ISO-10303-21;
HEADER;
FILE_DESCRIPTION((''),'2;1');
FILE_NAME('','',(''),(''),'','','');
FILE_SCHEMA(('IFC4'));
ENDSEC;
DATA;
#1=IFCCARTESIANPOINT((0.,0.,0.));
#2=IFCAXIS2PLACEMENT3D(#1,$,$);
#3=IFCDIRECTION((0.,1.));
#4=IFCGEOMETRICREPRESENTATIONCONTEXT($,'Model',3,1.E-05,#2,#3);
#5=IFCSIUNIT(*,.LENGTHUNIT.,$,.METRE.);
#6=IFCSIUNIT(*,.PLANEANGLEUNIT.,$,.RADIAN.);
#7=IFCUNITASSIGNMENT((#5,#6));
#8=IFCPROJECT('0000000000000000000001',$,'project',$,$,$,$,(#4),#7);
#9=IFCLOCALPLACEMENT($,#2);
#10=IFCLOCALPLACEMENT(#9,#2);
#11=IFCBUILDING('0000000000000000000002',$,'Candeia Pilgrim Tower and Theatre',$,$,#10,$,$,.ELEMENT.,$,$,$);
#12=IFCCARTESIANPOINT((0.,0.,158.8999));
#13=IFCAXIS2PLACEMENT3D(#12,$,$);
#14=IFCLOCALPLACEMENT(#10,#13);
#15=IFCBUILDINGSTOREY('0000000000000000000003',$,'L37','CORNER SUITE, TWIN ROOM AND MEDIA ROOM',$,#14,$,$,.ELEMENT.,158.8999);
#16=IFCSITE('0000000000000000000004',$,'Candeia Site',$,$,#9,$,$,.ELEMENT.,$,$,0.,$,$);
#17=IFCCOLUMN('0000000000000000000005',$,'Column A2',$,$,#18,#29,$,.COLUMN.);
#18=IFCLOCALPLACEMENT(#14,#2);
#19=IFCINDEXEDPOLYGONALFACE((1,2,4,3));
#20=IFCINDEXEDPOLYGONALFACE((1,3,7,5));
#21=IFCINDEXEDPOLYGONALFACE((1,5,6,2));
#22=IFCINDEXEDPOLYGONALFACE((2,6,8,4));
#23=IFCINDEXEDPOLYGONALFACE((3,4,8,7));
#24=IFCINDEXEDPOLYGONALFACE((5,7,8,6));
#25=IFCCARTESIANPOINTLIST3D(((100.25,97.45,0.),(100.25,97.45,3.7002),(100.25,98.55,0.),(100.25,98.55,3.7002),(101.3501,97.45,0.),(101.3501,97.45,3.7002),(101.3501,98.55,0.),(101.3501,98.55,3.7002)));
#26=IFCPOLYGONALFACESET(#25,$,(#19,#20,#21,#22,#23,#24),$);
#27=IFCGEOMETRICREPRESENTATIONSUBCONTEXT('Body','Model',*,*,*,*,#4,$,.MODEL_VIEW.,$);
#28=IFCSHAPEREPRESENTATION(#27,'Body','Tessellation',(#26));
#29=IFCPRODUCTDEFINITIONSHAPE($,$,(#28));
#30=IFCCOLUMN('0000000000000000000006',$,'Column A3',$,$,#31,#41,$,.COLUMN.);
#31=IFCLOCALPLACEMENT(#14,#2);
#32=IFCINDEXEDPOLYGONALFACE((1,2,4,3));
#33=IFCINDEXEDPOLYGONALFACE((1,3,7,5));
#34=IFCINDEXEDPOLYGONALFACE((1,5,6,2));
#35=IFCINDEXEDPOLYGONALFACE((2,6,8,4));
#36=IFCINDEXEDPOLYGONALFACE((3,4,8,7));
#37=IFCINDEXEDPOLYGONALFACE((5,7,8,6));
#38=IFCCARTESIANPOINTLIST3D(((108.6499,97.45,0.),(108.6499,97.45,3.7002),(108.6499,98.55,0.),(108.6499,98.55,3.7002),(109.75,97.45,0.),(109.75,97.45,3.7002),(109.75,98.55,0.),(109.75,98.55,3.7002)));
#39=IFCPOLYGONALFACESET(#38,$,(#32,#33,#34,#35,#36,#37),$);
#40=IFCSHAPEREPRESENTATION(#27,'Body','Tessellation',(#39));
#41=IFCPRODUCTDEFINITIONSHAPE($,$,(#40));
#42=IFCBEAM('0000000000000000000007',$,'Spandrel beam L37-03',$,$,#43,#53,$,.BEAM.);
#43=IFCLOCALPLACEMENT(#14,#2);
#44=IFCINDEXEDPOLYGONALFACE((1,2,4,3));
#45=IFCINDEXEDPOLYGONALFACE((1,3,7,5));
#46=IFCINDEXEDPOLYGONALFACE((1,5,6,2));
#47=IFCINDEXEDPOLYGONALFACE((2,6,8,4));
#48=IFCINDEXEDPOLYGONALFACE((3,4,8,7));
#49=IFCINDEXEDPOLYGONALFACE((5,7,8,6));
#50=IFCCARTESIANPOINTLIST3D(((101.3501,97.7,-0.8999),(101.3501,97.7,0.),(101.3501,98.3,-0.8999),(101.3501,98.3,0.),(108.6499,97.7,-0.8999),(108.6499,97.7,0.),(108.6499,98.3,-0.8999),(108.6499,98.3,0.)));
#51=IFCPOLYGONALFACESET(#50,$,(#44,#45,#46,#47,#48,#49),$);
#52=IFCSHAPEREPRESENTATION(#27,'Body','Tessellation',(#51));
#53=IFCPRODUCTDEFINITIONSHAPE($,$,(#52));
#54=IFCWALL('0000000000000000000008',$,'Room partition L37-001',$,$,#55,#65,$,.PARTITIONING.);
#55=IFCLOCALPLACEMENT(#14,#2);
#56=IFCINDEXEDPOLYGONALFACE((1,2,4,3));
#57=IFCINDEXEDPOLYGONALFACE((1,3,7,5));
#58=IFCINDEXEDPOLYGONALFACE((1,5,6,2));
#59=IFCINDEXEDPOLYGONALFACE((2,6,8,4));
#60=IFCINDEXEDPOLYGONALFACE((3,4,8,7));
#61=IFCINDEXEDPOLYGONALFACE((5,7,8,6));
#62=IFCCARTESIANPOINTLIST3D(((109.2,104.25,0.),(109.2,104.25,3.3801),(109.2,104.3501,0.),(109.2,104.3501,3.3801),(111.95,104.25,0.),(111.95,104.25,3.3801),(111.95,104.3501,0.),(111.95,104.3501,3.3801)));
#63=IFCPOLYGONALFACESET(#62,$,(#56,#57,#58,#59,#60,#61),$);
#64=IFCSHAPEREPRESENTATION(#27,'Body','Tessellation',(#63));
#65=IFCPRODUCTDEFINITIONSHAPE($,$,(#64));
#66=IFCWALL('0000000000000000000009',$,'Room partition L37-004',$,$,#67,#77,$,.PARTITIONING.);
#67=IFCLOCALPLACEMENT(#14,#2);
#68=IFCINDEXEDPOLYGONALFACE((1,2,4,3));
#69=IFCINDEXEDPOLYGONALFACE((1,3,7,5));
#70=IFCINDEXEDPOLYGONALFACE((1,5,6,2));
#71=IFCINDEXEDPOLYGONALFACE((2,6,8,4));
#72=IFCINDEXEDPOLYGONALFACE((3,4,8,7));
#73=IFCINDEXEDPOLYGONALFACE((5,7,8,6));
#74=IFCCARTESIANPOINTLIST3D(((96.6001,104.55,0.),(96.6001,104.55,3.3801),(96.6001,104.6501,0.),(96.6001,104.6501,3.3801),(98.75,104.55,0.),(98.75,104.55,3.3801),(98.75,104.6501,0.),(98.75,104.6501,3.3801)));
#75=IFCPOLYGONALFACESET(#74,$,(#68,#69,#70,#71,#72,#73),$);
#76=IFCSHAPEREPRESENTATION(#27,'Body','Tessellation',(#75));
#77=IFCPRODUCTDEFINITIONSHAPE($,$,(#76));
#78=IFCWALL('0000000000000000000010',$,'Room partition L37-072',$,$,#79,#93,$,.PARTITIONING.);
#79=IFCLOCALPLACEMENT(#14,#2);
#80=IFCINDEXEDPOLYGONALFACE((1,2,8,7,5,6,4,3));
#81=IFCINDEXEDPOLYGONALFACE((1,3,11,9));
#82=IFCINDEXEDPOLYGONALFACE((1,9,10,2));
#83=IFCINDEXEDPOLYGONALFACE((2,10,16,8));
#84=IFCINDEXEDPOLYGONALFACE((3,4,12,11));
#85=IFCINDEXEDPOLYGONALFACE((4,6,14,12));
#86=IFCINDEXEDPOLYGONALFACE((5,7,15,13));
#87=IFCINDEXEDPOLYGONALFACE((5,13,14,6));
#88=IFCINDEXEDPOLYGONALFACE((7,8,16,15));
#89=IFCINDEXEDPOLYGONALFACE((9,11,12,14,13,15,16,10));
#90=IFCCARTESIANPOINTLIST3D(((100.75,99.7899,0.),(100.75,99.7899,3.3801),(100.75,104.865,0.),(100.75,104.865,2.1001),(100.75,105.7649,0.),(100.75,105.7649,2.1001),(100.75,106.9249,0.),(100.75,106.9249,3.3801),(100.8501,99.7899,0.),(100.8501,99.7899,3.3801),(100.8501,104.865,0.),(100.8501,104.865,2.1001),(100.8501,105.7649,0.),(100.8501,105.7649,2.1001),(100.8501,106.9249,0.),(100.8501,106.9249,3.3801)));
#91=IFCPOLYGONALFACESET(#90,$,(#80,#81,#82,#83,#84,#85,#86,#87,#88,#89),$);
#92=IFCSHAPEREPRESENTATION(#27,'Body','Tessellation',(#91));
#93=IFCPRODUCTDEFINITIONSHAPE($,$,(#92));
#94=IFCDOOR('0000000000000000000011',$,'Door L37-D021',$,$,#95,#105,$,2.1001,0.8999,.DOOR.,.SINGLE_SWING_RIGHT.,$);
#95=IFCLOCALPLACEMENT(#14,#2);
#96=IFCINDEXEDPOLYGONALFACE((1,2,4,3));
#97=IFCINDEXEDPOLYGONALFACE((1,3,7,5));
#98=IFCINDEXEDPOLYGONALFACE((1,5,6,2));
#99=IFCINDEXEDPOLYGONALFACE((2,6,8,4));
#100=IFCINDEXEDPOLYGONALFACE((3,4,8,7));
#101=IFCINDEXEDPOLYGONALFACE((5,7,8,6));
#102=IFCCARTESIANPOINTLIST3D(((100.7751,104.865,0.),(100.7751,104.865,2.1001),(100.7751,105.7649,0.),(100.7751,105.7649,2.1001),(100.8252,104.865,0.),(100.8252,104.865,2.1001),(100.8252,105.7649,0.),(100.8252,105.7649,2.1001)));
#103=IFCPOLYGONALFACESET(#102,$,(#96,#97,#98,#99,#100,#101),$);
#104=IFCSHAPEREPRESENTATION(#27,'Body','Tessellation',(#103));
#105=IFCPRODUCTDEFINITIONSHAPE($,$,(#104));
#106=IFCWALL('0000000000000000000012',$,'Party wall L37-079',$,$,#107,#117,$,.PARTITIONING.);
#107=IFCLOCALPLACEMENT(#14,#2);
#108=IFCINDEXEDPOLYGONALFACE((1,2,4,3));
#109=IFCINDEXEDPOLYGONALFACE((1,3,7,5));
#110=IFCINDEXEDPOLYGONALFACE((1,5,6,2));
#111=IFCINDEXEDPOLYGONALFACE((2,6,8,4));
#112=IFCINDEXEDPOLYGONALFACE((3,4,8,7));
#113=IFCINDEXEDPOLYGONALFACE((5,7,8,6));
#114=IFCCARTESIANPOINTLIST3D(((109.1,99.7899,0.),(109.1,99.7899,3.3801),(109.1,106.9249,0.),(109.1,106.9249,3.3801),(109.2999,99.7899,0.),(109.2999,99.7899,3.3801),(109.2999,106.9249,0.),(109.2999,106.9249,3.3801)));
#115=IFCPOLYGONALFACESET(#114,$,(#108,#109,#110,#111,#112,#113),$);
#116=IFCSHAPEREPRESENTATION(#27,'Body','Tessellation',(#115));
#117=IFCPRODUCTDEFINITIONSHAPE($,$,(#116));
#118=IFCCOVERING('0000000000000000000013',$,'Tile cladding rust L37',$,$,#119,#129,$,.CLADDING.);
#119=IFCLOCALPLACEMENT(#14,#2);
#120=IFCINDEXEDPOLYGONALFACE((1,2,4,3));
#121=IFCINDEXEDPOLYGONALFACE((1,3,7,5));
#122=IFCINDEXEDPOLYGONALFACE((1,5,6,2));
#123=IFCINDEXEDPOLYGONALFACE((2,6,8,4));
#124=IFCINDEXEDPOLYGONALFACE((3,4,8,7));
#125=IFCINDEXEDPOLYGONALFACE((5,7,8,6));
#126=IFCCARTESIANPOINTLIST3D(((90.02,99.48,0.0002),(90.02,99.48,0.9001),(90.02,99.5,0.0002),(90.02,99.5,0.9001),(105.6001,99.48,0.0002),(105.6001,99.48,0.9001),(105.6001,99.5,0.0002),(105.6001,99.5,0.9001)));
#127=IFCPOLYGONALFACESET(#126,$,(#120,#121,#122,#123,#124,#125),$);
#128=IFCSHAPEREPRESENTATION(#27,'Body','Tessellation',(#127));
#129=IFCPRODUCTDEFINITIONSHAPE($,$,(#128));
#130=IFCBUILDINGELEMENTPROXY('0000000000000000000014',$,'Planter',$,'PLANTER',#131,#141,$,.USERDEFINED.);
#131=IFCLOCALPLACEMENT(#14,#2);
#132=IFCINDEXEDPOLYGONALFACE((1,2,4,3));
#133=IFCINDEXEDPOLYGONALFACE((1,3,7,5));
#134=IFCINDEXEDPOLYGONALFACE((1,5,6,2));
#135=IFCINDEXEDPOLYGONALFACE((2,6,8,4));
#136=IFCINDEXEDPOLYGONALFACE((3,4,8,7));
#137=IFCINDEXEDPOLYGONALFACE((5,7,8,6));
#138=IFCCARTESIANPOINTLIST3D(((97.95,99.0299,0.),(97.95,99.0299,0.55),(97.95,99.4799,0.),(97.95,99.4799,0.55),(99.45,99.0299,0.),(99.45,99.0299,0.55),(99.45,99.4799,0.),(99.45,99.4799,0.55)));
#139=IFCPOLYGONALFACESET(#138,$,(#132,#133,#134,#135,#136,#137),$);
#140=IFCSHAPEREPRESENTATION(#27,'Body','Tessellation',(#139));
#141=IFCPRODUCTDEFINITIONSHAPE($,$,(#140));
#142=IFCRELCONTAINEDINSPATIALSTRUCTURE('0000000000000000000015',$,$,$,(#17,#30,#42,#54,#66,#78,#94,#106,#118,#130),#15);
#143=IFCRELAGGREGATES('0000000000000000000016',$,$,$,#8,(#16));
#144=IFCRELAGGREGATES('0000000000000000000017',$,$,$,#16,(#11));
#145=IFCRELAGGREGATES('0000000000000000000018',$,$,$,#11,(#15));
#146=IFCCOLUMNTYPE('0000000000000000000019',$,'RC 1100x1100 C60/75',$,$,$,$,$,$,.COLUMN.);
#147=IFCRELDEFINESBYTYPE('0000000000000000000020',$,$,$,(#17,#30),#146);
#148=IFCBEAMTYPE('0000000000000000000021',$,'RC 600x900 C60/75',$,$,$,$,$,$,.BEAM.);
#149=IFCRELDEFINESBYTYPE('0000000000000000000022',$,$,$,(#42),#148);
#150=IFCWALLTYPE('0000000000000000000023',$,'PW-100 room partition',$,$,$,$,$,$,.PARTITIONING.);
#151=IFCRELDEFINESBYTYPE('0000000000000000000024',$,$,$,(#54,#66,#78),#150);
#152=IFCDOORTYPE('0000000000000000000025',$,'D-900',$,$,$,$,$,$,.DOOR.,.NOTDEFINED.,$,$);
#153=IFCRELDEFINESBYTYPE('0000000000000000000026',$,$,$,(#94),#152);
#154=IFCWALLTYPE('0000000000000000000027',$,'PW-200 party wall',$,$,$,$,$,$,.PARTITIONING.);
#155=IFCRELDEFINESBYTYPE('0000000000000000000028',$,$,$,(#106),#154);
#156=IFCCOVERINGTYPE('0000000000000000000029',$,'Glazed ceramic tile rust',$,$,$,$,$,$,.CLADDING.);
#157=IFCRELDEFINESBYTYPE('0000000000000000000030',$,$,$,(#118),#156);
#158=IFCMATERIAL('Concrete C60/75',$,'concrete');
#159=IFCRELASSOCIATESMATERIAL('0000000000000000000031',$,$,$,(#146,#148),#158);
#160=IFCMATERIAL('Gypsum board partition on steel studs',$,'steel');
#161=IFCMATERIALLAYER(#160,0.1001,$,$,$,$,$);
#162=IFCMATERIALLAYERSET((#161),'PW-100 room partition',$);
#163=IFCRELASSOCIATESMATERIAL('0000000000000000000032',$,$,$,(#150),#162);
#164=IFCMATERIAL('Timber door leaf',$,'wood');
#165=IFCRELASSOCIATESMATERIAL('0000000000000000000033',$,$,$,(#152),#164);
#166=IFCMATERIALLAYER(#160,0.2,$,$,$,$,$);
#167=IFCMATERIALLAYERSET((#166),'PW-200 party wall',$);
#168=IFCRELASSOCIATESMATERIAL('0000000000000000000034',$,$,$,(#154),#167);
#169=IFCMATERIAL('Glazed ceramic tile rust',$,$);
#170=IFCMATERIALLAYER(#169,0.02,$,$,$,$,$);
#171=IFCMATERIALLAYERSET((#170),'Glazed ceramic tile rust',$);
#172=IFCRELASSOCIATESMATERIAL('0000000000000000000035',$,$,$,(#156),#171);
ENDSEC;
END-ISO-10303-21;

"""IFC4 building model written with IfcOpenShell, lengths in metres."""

from ifc_helpers import new_model, si_unit, direction, frame, frame_2d, origin, origin_2d, place, context, subcontext, project, spatial, rectangle, extrude, material, layer, layer_set, material_profile, profile_set, type_object, element, fill, save


model = new_model("IFC4")

# Units and contexts
model_context = context("Model", 3, precision=1e-05, world=origin(), true_north=direction((0.0, 1.0)))
body_context = subcontext(model_context, "Body", "Model", "MODEL_VIEW")
ifc_project = project(units=[si_unit("LENGTHUNIT", "METRE"), si_unit("PLANEANGLEUNIT", "RADIAN")], contexts=[model_context])

# Site, building, storey
site_placement = place(None, origin())
site = spatial("IfcSite", under=ifc_project, at=site_placement, Name="Candeia Site", CompositionType="ELEMENT", RefElevation=0.0)
building_placement = place(site_placement, origin())
building = spatial("IfcBuilding", under=site, at=building_placement, Name="Candeia Pilgrim Tower and Theatre", CompositionType="ELEMENT")
storey_placement = place(building_placement, frame((0.0, 0.0, 158.8999)))
storey = spatial("IfcBuildingStorey", under=building, at=storey_placement, Name="L37", Description="CORNER SUITE, TWIN ROOM AND MEDIA ROOM", CompositionType="ELEMENT", Elevation=158.8999)

# Columns
ifc_material_1 = material(Name="Concrete C60/75", Category="concrete")
ifc_material_profile_1 = material_profile(ifc_material_1, rectangle(XDim=1.1001, YDim=1.1001, at=origin_2d()))
ifc_profile_set_1 = profile_set([ifc_material_profile_1], Name="Concrete C60/75")
column_type = type_object("IfcColumnType", Name="RC 1100x1100 C60/75", PredefinedType="COLUMN", material=ifc_profile_set_1)
for number, where, z_axis, x_axis, name in (
    (1, (100.8, 98.0, 0.0), (0.0, 0.0, 1.0), (1.0, 0.0, 0.0), "Column A2"),
    (2, (109.2, 98.0, 0.0), (0.0, 0.0, 1.0), (1.0, 0.0, 0.0), "Column A3"),
):
    element("IfcColumn", number, at=place(storey_placement, frame(where, z_axis=z_axis, x_axis=x_axis)), inside=storey, type_object=column_type, Name=name, PredefinedType="COLUMN", context=body_context, shape_type="SweptSolid", body=[
        extrude(rectangle(XDim=1.1001, YDim=1.1001, at=origin_2d()), origin(), (0.0, 0.0, 1.0), 3.7002),
    ])

# Beam
ifc_material_profile_2 = material_profile(ifc_material_1, rectangle(XDim=0.6001, YDim=0.8999, at=origin_2d()))
ifc_profile_set_2 = profile_set([ifc_material_profile_2], Name="Concrete C60/75")
beam_type = type_object("IfcBeamType", Name="RC 600x900 C60/75", PredefinedType="BEAM", material=ifc_profile_set_2)
beam_placement = place(storey_placement, frame((101.3501, 98.0, -0.45), z_axis=(1.0, 0.0, 0.0), x_axis=(0.0, 1.0, 0.0)))
element("IfcBeam", 3, at=beam_placement, inside=storey, type_object=beam_type, Name="Spandrel beam L37-03", PredefinedType="BEAM", context=body_context, shape_type="SweptSolid", body=[
    extrude(rectangle(XDim=0.6001, YDim=0.8999, at=origin_2d()), origin(), (0.0, 0.0, 1.0), 7.2998),
])

# Walls
ifc_material_2 = material(Name="Gypsum board partition on steel studs", Category="steel")
ifc_layer_1 = layer(ifc_material_2, 0.1001)
ifc_layer_set_1 = layer_set([ifc_layer_1], Name="PW-100 room partition")
wall_type_1 = type_object("IfcWallType", Name="PW-100 room partition", PredefinedType="PARTITIONING", material=ifc_layer_set_1)
wall_1_placement = place(storey_placement, frame((109.2, 104.3, 0.0), z_axis=(0.0, 0.0, 1.0), x_axis=(1.0, 0.0, 0.0)))
element("IfcWall", 4, at=wall_1_placement, inside=storey, type_object=wall_type_1, Name="Room partition L37-001", PredefinedType="PARTITIONING", context=body_context, shape_type="SweptSolid", body=[
    extrude(rectangle(XDim=2.75, YDim=0.1001, at=frame_2d((1.375, 0.0))), origin(), (0.0, 0.0, 1.0), 3.3801),
])
wall_2_placement = place(storey_placement, frame((96.6001, 104.6001, 0.0), z_axis=(0.0, 0.0, 1.0), x_axis=(1.0, 0.0, 0.0)))
element("IfcWall", 5, at=wall_2_placement, inside=storey, type_object=wall_type_1, Name="Room partition L37-004", PredefinedType="PARTITIONING", context=body_context, shape_type="SweptSolid", body=[
    extrude(rectangle(XDim=2.1499, YDim=0.1001, at=frame_2d((1.075, 0.0))), origin(), (0.0, 0.0, 1.0), 3.3801),
])

# Wall, opening, door
wall_3_placement = place(storey_placement, frame((100.8, 99.79, 0.0), z_axis=(0.0, 0.0, 1.0), x_axis=(0.0, 1.0, 0.0)))
wall_3 = element("IfcWall", 6, at=wall_3_placement, inside=storey, type_object=wall_type_1, Name="Room partition L37-072", PredefinedType="PARTITIONING", context=body_context, shape_type="SweptSolid", body=[
    extrude(rectangle(XDim=7.135, YDim=0.1001, at=frame_2d((3.5674, 0.0))), origin(), (0.0, 0.0, 1.0), 3.3801),
])
opening_placement = place(wall_3_placement, frame((5.075, 0.0, 0.0)))
opening = element("IfcOpeningElement", 7, at=opening_placement, cuts=wall_3, PredefinedType="OPENING", context=body_context, shape_type="SweptSolid", body=[
    extrude(rectangle(XDim=0.8999, YDim=2.1001, at=frame_2d((0.45, 1.05))), frame((0.0, 0.0601, 0.0), z_axis=(0.0, -1.0, 0.0), x_axis=(1.0, 0.0, 0.0)), (0.0, 0.0, 1.0), 0.1201),
])
ifc_material_3 = material(Name="Timber door leaf", Category="wood")
door_type = type_object("IfcDoorType", Name="D-900", OperationType="NOTDEFINED", PredefinedType="DOOR", material=ifc_material_3)
door_placement = place(opening_placement, origin())
door = element("IfcDoor", 8, at=door_placement, inside=storey, type_object=door_type, Name="Door L37-D021", OperationType="SINGLE_SWING_RIGHT", OverallHeight=2.1001, OverallWidth=0.8999, PredefinedType="DOOR", context=body_context, shape_type="SweptSolid", body=[
    extrude(rectangle(XDim=0.8999, YDim=2.1001, at=frame_2d((0.45, 1.05))), frame((0.0, 0.0249, 0.0), z_axis=(0.0, -1.0, 0.0), x_axis=(1.0, 0.0, 0.0)), (0.0, 0.0, 1.0), 0.05),
])
fill(opening, door)

# Wall
ifc_layer_2 = layer(ifc_material_2, 0.2)
ifc_layer_set_2 = layer_set([ifc_layer_2], Name="PW-200 party wall")
wall_type_2 = type_object("IfcWallType", Name="PW-200 party wall", PredefinedType="PARTITIONING", material=ifc_layer_set_2)
wall_4_placement = place(storey_placement, frame((109.2, 99.79, 0.0), z_axis=(0.0, 0.0, 1.0), x_axis=(0.0, 1.0, 0.0)))
element("IfcWall", 9, at=wall_4_placement, inside=storey, type_object=wall_type_2, Name="Party wall L37-079", PredefinedType="PARTITIONING", context=body_context, shape_type="SweptSolid", body=[
    extrude(rectangle(XDim=7.135, YDim=0.2, at=frame_2d((3.5674, 0.0))), origin(), (0.0, 0.0, 1.0), 3.3801),
])

# Covering
ifc_material_4 = material(Name="Glazed ceramic tile rust")
ifc_layer_3 = layer(ifc_material_4, 0.02)
ifc_layer_set_3 = layer_set([ifc_layer_3], Name="Glazed ceramic tile rust")
covering_type = type_object("IfcCoveringType", Name="Glazed ceramic tile rust", PredefinedType="CLADDING", material=ifc_layer_set_3)
covering_placement = place(storey_placement, frame((97.8101, 99.49, 0.0002), z_axis=(0.0, 0.0, 1.0), x_axis=(1.0, 0.0, 0.0)))
element("IfcCovering", 10, at=covering_placement, inside=storey, type_object=covering_type, Name="Tile cladding rust L37", PredefinedType="CLADDING", context=body_context, shape_type="SweptSolid", body=[
    extrude(rectangle(XDim=15.5801, YDim=0.02, at=origin_2d()), origin(), (0.0, 0.0, 1.0), 0.8999),
])

# Building element proxy
proxy_placement = place(storey_placement, frame((98.7, 99.2549, 0.0), z_axis=(0.0, 0.0, 1.0), x_axis=(1.0, 0.0, 0.0)))
element("IfcBuildingElementProxy", 11, at=proxy_placement, inside=storey, Name="Planter", ObjectType="PLANTER", PredefinedType="USERDEFINED", context=body_context, shape_type="SweptSolid", body=[
    extrude(rectangle(XDim=1.5, YDim=0.45, at=origin_2d()), origin(), (0.0, 0.0, 1.0), 0.55),
])

save(model, "model.ifc")
